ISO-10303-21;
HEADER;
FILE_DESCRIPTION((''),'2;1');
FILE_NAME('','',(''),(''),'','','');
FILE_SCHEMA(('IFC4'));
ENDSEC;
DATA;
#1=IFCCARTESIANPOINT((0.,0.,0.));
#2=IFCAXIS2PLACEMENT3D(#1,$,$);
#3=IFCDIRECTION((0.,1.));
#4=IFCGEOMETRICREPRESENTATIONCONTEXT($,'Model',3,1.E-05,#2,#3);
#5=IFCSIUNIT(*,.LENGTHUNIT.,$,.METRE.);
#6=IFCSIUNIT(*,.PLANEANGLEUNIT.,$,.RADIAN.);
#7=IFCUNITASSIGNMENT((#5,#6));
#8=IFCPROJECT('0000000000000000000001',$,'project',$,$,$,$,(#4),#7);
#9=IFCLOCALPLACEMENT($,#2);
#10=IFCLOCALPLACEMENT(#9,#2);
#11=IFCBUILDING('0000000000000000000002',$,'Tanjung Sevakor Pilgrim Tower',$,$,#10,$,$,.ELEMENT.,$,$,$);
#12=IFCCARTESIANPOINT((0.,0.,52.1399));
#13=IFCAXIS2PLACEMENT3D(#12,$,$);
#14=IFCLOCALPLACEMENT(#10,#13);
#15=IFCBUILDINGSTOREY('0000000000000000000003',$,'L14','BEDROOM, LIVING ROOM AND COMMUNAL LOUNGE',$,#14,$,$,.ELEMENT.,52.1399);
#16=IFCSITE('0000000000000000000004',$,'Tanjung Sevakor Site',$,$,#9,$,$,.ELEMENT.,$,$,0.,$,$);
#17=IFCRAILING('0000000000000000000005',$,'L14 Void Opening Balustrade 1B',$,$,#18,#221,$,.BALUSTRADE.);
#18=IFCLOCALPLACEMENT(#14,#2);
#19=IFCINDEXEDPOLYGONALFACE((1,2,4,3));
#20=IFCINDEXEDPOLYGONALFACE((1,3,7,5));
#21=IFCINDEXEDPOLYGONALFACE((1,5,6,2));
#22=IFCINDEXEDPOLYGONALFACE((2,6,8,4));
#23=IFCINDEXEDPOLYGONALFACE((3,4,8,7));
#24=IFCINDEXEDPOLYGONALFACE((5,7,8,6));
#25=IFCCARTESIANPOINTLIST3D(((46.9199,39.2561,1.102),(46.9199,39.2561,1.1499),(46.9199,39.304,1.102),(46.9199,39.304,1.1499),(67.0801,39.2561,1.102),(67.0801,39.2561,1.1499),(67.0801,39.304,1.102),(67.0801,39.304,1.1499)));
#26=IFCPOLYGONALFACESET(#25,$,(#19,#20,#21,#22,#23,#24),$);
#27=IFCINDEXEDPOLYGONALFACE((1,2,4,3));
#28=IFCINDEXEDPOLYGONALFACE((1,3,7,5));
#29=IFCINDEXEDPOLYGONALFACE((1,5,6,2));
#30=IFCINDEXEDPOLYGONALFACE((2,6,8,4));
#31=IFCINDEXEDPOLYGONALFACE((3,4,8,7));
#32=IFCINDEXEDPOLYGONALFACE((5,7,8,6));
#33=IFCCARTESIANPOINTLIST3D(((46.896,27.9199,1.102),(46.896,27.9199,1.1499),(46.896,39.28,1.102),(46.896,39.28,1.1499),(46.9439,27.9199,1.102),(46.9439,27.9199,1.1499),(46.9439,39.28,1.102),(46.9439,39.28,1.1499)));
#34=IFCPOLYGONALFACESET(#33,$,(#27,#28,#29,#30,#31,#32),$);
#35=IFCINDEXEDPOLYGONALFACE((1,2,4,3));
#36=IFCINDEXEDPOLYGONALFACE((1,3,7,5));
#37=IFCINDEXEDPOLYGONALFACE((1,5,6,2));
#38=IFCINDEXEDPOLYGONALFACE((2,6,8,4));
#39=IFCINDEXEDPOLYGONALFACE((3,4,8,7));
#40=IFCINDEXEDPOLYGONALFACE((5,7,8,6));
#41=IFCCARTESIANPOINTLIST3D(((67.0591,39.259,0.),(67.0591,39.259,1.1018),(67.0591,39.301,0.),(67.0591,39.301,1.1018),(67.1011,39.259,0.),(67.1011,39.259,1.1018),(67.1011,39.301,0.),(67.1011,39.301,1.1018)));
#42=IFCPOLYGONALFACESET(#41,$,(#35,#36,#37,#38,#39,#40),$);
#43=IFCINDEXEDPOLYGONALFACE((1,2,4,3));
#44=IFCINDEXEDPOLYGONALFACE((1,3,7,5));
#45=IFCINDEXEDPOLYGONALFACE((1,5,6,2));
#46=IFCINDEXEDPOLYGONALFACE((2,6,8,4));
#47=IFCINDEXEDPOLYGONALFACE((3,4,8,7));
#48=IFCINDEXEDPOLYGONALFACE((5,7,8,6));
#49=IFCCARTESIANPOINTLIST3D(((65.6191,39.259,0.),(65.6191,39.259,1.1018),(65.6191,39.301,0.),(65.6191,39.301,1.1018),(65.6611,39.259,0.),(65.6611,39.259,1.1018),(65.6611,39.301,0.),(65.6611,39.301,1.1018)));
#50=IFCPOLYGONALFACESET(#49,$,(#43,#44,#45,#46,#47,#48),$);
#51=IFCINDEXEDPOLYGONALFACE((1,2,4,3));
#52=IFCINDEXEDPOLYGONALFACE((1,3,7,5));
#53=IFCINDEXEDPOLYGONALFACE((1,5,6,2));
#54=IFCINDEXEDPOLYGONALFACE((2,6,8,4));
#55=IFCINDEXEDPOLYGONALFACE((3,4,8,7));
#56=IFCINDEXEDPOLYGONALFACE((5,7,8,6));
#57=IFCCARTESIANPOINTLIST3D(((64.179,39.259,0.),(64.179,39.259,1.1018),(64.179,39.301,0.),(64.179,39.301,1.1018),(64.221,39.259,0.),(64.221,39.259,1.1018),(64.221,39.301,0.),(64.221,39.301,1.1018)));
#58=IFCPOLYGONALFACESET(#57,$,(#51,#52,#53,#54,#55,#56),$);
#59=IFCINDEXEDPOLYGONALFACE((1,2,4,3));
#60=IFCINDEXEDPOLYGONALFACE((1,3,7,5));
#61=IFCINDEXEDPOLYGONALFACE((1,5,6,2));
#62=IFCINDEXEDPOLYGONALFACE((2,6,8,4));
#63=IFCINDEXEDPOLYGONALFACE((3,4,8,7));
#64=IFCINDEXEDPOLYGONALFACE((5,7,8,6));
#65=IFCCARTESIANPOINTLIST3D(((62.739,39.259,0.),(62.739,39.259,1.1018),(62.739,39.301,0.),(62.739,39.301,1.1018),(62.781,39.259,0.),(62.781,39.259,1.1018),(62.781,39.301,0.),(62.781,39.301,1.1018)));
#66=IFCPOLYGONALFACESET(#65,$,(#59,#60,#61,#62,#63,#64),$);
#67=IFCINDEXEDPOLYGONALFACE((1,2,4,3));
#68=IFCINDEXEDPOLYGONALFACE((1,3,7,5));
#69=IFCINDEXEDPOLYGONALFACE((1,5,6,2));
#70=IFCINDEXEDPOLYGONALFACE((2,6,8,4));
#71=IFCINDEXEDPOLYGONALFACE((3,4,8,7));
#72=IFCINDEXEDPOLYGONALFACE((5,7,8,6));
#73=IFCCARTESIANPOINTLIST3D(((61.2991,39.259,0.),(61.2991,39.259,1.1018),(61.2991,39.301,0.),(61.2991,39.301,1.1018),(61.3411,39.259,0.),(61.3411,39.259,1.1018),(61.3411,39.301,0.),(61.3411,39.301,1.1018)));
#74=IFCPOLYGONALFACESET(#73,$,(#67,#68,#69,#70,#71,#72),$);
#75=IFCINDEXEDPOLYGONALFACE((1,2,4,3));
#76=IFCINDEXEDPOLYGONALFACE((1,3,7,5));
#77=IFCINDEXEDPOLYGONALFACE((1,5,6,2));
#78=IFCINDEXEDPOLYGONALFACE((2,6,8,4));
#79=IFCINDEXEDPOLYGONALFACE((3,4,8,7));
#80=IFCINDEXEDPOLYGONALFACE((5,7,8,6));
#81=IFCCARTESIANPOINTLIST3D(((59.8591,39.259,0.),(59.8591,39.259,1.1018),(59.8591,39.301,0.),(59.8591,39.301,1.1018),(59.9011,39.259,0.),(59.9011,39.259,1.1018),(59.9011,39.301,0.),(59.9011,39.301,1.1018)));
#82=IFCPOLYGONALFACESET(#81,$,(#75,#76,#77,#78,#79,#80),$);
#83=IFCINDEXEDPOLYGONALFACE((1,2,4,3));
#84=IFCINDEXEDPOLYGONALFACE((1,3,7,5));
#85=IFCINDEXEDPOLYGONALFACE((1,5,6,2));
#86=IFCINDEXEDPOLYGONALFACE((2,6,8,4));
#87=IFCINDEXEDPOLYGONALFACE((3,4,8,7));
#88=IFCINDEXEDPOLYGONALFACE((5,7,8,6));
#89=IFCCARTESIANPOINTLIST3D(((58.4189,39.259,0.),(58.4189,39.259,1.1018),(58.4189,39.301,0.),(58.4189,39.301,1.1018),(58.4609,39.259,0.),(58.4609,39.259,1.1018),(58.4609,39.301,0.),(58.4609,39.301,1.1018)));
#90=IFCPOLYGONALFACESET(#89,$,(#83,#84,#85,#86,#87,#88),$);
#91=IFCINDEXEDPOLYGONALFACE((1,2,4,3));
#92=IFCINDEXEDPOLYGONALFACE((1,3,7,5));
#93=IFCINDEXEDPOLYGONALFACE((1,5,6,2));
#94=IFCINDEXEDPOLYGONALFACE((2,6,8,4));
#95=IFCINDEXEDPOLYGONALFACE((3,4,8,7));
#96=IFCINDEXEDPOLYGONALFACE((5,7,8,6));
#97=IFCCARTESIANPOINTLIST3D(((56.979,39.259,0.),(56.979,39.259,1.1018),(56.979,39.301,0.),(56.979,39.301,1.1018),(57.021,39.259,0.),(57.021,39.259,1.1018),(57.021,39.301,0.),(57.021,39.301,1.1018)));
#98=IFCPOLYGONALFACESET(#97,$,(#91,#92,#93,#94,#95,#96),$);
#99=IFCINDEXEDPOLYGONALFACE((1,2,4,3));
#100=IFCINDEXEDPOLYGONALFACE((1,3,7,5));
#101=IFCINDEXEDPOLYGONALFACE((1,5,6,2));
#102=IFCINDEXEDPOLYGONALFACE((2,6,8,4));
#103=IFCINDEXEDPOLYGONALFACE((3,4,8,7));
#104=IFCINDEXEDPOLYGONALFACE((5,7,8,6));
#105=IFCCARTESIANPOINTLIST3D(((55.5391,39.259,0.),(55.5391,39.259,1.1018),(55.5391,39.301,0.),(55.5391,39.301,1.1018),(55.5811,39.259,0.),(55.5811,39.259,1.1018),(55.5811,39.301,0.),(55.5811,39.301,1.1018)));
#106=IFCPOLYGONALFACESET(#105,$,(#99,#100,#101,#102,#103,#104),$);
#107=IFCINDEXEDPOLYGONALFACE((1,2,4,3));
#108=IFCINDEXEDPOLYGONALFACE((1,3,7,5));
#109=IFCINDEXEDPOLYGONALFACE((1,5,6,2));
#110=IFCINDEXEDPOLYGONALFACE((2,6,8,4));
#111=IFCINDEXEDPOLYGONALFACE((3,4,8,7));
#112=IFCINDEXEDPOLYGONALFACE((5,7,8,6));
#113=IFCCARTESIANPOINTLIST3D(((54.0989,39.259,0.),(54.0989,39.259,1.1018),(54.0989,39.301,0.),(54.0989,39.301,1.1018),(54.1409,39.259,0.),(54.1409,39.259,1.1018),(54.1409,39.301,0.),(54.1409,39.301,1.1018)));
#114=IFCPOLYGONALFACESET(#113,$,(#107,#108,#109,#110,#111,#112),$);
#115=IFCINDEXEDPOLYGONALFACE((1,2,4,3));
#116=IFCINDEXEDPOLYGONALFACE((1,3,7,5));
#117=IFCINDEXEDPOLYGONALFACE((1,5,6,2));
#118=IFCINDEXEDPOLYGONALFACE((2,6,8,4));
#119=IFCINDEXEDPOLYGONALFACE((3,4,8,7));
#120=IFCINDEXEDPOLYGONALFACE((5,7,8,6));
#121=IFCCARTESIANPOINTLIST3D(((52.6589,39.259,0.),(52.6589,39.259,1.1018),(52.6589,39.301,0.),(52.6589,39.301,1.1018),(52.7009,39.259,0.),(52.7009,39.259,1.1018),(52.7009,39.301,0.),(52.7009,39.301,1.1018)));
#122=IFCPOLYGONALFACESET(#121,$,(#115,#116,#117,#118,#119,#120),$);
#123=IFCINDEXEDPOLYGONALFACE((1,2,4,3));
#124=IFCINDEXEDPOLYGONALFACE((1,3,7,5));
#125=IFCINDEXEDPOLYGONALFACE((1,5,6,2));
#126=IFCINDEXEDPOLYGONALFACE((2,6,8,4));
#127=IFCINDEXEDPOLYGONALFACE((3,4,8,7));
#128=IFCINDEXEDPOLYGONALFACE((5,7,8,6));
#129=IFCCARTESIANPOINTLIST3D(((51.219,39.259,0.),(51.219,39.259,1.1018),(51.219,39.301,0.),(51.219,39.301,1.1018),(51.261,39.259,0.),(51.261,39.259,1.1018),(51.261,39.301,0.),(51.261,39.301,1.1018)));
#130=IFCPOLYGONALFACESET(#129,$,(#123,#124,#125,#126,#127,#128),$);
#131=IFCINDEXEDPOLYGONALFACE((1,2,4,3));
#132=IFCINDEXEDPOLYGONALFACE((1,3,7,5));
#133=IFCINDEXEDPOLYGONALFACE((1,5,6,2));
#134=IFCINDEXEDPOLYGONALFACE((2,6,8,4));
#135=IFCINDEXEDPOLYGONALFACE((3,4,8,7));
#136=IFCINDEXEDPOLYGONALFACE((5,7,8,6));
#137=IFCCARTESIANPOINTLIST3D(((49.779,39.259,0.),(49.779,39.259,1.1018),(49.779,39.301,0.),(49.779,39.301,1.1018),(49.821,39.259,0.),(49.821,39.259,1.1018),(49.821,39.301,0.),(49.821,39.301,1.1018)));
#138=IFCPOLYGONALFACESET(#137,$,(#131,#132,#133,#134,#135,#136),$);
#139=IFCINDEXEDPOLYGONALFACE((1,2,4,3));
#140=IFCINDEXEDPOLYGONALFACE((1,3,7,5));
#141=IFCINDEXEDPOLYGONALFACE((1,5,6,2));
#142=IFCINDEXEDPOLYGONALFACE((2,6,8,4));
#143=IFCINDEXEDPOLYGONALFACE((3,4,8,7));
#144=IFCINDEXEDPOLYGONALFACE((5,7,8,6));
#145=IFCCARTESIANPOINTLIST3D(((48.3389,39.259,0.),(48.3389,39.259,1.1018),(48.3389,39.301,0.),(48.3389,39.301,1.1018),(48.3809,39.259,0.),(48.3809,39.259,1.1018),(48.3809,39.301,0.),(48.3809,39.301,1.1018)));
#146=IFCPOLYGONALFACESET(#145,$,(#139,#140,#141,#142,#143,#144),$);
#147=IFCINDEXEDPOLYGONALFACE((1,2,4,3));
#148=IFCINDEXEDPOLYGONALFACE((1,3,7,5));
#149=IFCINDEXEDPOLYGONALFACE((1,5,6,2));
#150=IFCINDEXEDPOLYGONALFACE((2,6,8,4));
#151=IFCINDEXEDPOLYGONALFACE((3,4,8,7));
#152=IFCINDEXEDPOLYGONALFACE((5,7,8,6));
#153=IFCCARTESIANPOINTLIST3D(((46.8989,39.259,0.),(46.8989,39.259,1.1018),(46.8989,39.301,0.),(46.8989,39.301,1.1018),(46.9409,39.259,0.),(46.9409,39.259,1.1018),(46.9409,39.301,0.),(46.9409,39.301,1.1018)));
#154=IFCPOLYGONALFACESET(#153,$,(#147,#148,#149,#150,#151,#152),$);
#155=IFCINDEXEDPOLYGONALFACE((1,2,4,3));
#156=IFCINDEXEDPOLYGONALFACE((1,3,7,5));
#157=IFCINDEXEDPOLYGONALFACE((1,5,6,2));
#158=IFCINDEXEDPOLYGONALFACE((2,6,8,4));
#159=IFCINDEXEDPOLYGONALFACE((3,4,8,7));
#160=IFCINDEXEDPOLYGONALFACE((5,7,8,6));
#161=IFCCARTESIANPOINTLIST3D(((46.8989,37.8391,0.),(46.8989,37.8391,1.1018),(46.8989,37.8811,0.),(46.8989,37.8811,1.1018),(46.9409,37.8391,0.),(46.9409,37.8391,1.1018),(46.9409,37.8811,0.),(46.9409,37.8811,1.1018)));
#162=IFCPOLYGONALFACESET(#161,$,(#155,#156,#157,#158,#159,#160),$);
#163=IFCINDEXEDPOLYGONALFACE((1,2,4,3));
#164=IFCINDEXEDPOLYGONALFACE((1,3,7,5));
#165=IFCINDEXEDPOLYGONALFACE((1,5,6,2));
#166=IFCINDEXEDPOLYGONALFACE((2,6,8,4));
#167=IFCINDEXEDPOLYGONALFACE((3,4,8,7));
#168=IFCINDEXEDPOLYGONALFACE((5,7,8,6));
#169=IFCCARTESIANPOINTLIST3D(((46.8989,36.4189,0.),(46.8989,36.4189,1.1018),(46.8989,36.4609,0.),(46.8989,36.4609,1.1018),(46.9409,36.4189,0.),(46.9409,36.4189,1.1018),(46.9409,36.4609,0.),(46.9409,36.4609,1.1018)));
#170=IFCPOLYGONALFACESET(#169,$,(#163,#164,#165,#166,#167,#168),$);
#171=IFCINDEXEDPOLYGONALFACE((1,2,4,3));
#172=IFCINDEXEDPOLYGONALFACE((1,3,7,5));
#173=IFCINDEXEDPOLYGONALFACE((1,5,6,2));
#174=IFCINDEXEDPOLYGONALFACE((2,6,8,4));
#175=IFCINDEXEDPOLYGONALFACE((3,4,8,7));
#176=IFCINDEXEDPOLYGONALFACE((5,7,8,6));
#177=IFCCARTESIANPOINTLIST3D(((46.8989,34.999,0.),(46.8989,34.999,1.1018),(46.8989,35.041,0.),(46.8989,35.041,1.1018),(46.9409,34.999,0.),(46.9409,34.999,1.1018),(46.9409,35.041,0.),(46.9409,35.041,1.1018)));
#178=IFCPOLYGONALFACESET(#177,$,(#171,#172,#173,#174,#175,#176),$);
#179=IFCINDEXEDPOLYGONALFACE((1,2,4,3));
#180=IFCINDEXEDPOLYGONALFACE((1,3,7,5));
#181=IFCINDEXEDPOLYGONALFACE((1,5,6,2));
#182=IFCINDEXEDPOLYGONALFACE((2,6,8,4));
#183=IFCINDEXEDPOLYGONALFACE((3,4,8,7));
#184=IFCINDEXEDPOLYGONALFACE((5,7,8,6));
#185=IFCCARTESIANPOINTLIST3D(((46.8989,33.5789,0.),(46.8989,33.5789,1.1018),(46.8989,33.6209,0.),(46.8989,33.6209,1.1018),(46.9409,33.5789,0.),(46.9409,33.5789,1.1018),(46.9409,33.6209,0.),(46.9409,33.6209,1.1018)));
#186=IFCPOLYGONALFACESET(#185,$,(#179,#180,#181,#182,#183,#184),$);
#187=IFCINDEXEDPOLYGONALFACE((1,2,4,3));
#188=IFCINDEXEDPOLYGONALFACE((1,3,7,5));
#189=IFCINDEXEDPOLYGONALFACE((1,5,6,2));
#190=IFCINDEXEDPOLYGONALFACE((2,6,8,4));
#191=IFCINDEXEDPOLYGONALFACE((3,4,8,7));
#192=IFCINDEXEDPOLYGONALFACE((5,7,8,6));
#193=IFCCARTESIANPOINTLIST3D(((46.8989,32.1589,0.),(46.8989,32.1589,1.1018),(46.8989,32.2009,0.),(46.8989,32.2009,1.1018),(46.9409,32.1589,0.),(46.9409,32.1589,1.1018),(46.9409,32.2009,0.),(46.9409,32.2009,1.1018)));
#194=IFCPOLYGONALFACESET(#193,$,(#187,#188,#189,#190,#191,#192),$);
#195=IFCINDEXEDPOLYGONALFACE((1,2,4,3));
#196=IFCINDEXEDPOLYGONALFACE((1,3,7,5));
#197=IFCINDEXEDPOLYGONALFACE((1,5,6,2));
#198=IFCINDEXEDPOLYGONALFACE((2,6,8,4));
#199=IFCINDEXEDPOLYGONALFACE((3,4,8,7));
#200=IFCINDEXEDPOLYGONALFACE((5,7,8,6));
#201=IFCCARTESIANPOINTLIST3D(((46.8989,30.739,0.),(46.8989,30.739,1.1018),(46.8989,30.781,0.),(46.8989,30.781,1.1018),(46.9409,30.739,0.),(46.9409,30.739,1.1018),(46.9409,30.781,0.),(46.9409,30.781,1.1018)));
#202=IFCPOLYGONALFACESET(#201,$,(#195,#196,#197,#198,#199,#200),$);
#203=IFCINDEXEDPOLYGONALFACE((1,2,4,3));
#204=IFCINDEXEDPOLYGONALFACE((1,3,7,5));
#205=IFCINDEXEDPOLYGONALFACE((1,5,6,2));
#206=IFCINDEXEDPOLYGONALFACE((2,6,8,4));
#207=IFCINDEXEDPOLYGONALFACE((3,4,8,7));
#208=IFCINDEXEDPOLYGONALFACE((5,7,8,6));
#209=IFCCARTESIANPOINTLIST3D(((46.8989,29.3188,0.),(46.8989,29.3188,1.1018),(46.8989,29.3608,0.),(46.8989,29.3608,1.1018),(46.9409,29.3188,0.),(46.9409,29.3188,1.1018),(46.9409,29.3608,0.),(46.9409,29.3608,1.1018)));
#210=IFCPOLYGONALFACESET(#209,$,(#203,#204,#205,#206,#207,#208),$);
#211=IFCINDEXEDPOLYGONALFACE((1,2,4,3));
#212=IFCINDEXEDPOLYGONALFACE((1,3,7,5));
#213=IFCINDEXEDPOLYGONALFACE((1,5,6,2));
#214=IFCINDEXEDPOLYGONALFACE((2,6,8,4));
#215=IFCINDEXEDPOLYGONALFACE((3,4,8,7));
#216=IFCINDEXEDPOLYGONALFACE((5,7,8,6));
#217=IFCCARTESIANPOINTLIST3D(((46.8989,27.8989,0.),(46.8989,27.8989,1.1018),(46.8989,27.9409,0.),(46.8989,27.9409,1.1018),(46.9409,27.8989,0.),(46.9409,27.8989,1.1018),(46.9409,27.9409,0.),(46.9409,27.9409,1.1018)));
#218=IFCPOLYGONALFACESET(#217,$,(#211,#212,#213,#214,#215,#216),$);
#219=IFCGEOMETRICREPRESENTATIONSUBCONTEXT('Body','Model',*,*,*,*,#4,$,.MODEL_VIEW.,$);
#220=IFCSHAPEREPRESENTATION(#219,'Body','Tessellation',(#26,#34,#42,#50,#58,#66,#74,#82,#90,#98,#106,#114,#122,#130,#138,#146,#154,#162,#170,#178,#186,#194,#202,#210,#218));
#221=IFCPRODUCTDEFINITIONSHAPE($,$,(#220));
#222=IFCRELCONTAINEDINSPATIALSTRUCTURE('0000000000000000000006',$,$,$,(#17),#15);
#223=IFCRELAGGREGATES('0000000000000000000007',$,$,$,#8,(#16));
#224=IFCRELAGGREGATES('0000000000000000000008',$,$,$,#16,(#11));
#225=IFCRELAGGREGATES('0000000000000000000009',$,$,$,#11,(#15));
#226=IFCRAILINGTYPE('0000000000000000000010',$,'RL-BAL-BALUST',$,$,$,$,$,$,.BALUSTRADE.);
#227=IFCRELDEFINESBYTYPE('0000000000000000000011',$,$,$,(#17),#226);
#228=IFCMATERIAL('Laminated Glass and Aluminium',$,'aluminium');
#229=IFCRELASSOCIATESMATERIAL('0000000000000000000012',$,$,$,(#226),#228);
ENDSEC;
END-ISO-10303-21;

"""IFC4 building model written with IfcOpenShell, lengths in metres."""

from ifc_helpers import new_model, si_unit, direction, frame, origin, place, context, subcontext, project, spatial, rectangle, extrude, material, type_object, element, save


model = new_model("IFC4")

# Units and contexts
model_context = context("Model", 3, precision=1e-05, world=origin(), true_north=direction((0.0, 1.0)))
body_context = subcontext(model_context, "Body", "Model", "MODEL_VIEW")
ifc_project = project(units=[si_unit("LENGTHUNIT", "METRE"), si_unit("PLANEANGLEUNIT", "RADIAN")], contexts=[model_context])

# Site, building, storey
site_placement = place(None, origin())
site = spatial("IfcSite", under=ifc_project, at=site_placement, Name="Tanjung Sevakor Site", CompositionType="ELEMENT", RefElevation=0.0)
building_placement = place(site_placement, origin())
building = spatial("IfcBuilding", under=site, at=building_placement, Name="Tanjung Sevakor Pilgrim Tower", CompositionType="ELEMENT")
storey_placement = place(building_placement, frame((0.0, 0.0, 52.1399)))
storey = spatial("IfcBuildingStorey", under=building, at=storey_placement, Name="L14", Description="BEDROOM, LIVING ROOM AND COMMUNAL LOUNGE", CompositionType="ELEMENT", Elevation=52.1399)

# Railing
ifc_material_1 = material(Name="Laminated Glass and Aluminium", Category="aluminium")
railing_type_1 = type_object("IfcRailingType", Name="RL-BAL-BALUST", PredefinedType="BALUSTRADE", material=ifc_material_1)
railing_1_placement = place(storey_placement, frame((67.0801, 39.28, 0.0)))
element("IfcRailing", 1, at=railing_1_placement, inside=storey, type_object=railing_type_1, Name="L14 Void Opening Balustrade 1B", PredefinedType="BALUSTRADE", context=body_context, shape_type="SweptSolid", body=[
    extrude(rectangle(XDim=0.0479, YDim=0.0479), frame((0.0, 0.0, 1.126), z_axis=(-1.0, 0.0, 0.0), x_axis=(0.0, -1.0, 0.0)), (0.0, 0.0, 1.0), 20.1602),
    extrude(rectangle(XDim=0.0479, YDim=0.0479), frame((-20.1602, 0.0, 1.126), z_axis=(0.0, -1.0, 0.0), x_axis=(1.0, 0.0, 0.0)), (0.0, 0.0, 1.0), 11.3601),
    extrude(rectangle(XDim=0.042, YDim=0.042), origin(), (0.0, 0.0, 1.0), 1.1018),
    extrude(rectangle(XDim=0.042, YDim=0.042), frame((-1.4399, 0.0, 0.0)), (0.0, 0.0, 1.0), 1.1018),
    extrude(rectangle(XDim=0.042, YDim=0.042), frame((-2.8801, 0.0, 0.0)), (0.0, 0.0, 1.0), 1.1018),
    extrude(rectangle(XDim=0.042, YDim=0.042), frame((-4.3201, 0.0, 0.0)), (0.0, 0.0, 1.0), 1.1018),
    extrude(rectangle(XDim=0.042, YDim=0.042), frame((-5.76, 0.0, 0.0)), (0.0, 0.0, 1.0), 1.1018),
    extrude(rectangle(XDim=0.042, YDim=0.042), frame((-7.2, 0.0, 0.0)), (0.0, 0.0, 1.0), 1.1018),
    extrude(rectangle(XDim=0.042, YDim=0.042), frame((-8.6401, 0.0, 0.0)), (0.0, 0.0, 1.0), 1.1018),
    extrude(rectangle(XDim=0.042, YDim=0.042), frame((-10.0801, 0.0, 0.0)), (0.0, 0.0, 1.0), 1.1018),
    extrude(rectangle(XDim=0.042, YDim=0.042), frame((-11.52, 0.0, 0.0)), (0.0, 0.0, 1.0), 1.1018),
    extrude(rectangle(XDim=0.042, YDim=0.042), frame((-12.9602, 0.0, 0.0)), (0.0, 0.0, 1.0), 1.1018),
    extrude(rectangle(XDim=0.042, YDim=0.042), frame((-14.4001, 0.0, 0.0)), (0.0, 0.0, 1.0), 1.1018),
    extrude(rectangle(XDim=0.042, YDim=0.042), frame((-15.8401, 0.0, 0.0)), (0.0, 0.0, 1.0), 1.1018),
    extrude(rectangle(XDim=0.042, YDim=0.042), frame((-17.28, 0.0, 0.0)), (0.0, 0.0, 1.0), 1.1018),
    extrude(rectangle(XDim=0.042, YDim=0.042), frame((-18.7202, 0.0, 0.0)), (0.0, 0.0, 1.0), 1.1018),
    extrude(rectangle(XDim=0.042, YDim=0.042), frame((-20.1602, 0.0, 0.0)), (0.0, 0.0, 1.0), 1.1018),
    extrude(rectangle(XDim=0.042, YDim=0.042), frame((-20.1602, -1.4199, 0.0)), (0.0, 0.0, 1.0), 1.1018),
    extrude(rectangle(XDim=0.042, YDim=0.042), frame((-20.1602, -2.8401, 0.0)), (0.0, 0.0, 1.0), 1.1018),
    extrude(rectangle(XDim=0.042, YDim=0.042), frame((-20.1602, -4.26, 0.0)), (0.0, 0.0, 1.0), 1.1018),
    extrude(rectangle(XDim=0.042, YDim=0.042), frame((-20.1602, -5.6802, 0.0)), (0.0, 0.0, 1.0), 1.1018),
    extrude(rectangle(XDim=0.042, YDim=0.042), frame((-20.1602, -7.1001, 0.0)), (0.0, 0.0, 1.0), 1.1018),
    extrude(rectangle(XDim=0.042, YDim=0.042), frame((-20.1602, -8.52, 0.0)), (0.0, 0.0, 1.0), 1.1018),
    extrude(rectangle(XDim=0.042, YDim=0.042), frame((-20.1602, -9.9402, 0.0)), (0.0, 0.0, 1.0), 1.1018),
    extrude(rectangle(XDim=0.042, YDim=0.042), frame((-20.1602, -11.3601, 0.0)), (0.0, 0.0, 1.0), 1.1018),
])

save(model, "model.ifc")
